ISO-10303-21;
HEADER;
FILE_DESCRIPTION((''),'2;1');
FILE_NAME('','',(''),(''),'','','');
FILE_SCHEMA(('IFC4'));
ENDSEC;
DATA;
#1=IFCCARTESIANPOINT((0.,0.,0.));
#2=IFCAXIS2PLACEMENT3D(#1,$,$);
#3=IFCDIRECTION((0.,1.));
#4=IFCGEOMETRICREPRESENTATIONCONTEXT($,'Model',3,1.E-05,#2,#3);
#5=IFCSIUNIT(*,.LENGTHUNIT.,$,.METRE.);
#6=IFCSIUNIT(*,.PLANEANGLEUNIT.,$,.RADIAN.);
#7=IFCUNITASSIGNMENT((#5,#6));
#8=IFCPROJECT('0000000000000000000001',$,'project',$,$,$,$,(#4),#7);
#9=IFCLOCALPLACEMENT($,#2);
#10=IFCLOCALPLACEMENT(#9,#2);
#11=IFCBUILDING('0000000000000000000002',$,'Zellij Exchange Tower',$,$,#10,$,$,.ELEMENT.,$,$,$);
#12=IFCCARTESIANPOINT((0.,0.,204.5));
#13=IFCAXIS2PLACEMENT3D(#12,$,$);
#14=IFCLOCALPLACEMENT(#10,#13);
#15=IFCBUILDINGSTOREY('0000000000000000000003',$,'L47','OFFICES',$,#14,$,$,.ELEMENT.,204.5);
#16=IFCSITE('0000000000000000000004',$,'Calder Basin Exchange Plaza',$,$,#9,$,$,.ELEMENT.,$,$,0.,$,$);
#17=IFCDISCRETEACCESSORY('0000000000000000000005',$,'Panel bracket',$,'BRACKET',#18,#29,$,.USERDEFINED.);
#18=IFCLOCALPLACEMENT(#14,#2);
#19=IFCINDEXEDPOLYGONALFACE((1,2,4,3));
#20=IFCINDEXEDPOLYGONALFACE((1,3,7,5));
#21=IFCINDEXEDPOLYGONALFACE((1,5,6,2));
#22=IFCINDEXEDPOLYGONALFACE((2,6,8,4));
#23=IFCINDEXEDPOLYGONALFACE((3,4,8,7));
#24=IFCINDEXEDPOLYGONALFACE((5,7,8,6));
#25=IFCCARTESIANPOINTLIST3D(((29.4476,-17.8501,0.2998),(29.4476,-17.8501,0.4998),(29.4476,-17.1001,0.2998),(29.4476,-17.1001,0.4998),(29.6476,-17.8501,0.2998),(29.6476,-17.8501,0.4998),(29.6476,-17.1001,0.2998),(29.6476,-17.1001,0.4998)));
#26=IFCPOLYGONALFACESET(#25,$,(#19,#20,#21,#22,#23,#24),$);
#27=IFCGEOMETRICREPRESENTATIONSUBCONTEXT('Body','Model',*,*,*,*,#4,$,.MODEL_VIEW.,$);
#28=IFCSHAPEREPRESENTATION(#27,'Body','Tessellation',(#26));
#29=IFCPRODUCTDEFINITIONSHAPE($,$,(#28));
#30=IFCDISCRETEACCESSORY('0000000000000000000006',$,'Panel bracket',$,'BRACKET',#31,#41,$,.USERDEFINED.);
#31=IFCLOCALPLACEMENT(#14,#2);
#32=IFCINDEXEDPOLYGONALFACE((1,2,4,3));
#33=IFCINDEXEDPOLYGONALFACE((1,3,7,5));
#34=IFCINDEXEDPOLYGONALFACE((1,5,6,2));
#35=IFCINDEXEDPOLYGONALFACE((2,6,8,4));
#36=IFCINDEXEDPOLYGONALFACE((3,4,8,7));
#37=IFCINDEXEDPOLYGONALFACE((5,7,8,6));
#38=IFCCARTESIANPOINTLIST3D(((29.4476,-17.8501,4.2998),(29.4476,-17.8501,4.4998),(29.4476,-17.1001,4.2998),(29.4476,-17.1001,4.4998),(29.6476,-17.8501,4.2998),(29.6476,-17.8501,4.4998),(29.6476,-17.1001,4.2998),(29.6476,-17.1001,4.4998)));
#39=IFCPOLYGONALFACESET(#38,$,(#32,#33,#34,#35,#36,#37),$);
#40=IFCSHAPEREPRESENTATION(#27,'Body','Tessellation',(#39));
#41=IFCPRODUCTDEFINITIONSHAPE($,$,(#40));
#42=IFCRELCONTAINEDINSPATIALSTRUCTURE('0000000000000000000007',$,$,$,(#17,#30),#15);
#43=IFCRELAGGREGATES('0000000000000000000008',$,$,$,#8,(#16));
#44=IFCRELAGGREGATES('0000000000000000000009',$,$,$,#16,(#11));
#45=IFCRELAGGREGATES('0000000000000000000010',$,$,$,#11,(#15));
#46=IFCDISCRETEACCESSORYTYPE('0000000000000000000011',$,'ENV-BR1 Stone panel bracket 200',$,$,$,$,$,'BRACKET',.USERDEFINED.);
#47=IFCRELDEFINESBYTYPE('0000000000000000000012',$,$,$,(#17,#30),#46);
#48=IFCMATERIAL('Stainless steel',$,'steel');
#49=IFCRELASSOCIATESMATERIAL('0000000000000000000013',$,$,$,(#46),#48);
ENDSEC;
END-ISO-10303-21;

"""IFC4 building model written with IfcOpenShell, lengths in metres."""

from ifc_helpers import new_model, si_unit, direction, frame, origin, origin_2d, place, context, subcontext, project, spatial, rectangle, extrude, material, type_object, element, save


model = new_model("IFC4")

# Units and contexts
model_context = context("Model", 3, precision=1e-05, world=origin(), true_north=direction((0.0, 1.0)))
body_context = subcontext(model_context, "Body", "Model", "MODEL_VIEW")
ifc_project = project(units=[si_unit("LENGTHUNIT", "METRE"), si_unit("PLANEANGLEUNIT", "RADIAN")], contexts=[model_context])

# Site, building, storey
site_placement = place(None, origin())
site = spatial("IfcSite", under=ifc_project, at=site_placement, Name="Calder Basin Exchange Plaza", CompositionType="ELEMENT", RefElevation=0.0)
building_placement = place(site_placement, origin())
building = spatial("IfcBuilding", under=site, at=building_placement, Name="Zellij Exchange Tower", CompositionType="ELEMENT")
storey_placement = place(building_placement, frame((0.0, 0.0, 204.5)))
storey = spatial("IfcBuildingStorey", under=building, at=storey_placement, Name="L47", Description="OFFICES", CompositionType="ELEMENT", Elevation=204.5)

# Discrete accessories
ifc_material_1 = material(Name="Stainless steel", Category="steel")
discrete_accessory_type = type_object("IfcDiscreteAccessoryType", Name="ENV-BR1 Stone panel bracket 200", ElementType="BRACKET", PredefinedType="USERDEFINED", material=ifc_material_1)
for number, where, z_axis, x_axis, name in (
    (1, (29.5476, -17.4751, 0.2998), (0.0, 0.0, 1.0), (1.0, 0.0, 0.0), "Panel bracket"),
    (2, (29.5476, -17.4751, 4.2998), (0.0, 0.0, 1.0), (1.0, 0.0, 0.0), "Panel bracket"),
):
    element("IfcDiscreteAccessory", number, at=place(storey_placement, frame(where, z_axis=z_axis, x_axis=x_axis)), inside=storey, type_object=discrete_accessory_type, Name=name, ObjectType="BRACKET", PredefinedType="USERDEFINED", context=body_context, shape_type="SweptSolid", body=[
        extrude(rectangle(XDim=0.2, YDim=0.75, at=origin_2d()), origin(), (0.0, 0.0, 1.0), 0.2),
    ])

save(model, "model.ifc")
